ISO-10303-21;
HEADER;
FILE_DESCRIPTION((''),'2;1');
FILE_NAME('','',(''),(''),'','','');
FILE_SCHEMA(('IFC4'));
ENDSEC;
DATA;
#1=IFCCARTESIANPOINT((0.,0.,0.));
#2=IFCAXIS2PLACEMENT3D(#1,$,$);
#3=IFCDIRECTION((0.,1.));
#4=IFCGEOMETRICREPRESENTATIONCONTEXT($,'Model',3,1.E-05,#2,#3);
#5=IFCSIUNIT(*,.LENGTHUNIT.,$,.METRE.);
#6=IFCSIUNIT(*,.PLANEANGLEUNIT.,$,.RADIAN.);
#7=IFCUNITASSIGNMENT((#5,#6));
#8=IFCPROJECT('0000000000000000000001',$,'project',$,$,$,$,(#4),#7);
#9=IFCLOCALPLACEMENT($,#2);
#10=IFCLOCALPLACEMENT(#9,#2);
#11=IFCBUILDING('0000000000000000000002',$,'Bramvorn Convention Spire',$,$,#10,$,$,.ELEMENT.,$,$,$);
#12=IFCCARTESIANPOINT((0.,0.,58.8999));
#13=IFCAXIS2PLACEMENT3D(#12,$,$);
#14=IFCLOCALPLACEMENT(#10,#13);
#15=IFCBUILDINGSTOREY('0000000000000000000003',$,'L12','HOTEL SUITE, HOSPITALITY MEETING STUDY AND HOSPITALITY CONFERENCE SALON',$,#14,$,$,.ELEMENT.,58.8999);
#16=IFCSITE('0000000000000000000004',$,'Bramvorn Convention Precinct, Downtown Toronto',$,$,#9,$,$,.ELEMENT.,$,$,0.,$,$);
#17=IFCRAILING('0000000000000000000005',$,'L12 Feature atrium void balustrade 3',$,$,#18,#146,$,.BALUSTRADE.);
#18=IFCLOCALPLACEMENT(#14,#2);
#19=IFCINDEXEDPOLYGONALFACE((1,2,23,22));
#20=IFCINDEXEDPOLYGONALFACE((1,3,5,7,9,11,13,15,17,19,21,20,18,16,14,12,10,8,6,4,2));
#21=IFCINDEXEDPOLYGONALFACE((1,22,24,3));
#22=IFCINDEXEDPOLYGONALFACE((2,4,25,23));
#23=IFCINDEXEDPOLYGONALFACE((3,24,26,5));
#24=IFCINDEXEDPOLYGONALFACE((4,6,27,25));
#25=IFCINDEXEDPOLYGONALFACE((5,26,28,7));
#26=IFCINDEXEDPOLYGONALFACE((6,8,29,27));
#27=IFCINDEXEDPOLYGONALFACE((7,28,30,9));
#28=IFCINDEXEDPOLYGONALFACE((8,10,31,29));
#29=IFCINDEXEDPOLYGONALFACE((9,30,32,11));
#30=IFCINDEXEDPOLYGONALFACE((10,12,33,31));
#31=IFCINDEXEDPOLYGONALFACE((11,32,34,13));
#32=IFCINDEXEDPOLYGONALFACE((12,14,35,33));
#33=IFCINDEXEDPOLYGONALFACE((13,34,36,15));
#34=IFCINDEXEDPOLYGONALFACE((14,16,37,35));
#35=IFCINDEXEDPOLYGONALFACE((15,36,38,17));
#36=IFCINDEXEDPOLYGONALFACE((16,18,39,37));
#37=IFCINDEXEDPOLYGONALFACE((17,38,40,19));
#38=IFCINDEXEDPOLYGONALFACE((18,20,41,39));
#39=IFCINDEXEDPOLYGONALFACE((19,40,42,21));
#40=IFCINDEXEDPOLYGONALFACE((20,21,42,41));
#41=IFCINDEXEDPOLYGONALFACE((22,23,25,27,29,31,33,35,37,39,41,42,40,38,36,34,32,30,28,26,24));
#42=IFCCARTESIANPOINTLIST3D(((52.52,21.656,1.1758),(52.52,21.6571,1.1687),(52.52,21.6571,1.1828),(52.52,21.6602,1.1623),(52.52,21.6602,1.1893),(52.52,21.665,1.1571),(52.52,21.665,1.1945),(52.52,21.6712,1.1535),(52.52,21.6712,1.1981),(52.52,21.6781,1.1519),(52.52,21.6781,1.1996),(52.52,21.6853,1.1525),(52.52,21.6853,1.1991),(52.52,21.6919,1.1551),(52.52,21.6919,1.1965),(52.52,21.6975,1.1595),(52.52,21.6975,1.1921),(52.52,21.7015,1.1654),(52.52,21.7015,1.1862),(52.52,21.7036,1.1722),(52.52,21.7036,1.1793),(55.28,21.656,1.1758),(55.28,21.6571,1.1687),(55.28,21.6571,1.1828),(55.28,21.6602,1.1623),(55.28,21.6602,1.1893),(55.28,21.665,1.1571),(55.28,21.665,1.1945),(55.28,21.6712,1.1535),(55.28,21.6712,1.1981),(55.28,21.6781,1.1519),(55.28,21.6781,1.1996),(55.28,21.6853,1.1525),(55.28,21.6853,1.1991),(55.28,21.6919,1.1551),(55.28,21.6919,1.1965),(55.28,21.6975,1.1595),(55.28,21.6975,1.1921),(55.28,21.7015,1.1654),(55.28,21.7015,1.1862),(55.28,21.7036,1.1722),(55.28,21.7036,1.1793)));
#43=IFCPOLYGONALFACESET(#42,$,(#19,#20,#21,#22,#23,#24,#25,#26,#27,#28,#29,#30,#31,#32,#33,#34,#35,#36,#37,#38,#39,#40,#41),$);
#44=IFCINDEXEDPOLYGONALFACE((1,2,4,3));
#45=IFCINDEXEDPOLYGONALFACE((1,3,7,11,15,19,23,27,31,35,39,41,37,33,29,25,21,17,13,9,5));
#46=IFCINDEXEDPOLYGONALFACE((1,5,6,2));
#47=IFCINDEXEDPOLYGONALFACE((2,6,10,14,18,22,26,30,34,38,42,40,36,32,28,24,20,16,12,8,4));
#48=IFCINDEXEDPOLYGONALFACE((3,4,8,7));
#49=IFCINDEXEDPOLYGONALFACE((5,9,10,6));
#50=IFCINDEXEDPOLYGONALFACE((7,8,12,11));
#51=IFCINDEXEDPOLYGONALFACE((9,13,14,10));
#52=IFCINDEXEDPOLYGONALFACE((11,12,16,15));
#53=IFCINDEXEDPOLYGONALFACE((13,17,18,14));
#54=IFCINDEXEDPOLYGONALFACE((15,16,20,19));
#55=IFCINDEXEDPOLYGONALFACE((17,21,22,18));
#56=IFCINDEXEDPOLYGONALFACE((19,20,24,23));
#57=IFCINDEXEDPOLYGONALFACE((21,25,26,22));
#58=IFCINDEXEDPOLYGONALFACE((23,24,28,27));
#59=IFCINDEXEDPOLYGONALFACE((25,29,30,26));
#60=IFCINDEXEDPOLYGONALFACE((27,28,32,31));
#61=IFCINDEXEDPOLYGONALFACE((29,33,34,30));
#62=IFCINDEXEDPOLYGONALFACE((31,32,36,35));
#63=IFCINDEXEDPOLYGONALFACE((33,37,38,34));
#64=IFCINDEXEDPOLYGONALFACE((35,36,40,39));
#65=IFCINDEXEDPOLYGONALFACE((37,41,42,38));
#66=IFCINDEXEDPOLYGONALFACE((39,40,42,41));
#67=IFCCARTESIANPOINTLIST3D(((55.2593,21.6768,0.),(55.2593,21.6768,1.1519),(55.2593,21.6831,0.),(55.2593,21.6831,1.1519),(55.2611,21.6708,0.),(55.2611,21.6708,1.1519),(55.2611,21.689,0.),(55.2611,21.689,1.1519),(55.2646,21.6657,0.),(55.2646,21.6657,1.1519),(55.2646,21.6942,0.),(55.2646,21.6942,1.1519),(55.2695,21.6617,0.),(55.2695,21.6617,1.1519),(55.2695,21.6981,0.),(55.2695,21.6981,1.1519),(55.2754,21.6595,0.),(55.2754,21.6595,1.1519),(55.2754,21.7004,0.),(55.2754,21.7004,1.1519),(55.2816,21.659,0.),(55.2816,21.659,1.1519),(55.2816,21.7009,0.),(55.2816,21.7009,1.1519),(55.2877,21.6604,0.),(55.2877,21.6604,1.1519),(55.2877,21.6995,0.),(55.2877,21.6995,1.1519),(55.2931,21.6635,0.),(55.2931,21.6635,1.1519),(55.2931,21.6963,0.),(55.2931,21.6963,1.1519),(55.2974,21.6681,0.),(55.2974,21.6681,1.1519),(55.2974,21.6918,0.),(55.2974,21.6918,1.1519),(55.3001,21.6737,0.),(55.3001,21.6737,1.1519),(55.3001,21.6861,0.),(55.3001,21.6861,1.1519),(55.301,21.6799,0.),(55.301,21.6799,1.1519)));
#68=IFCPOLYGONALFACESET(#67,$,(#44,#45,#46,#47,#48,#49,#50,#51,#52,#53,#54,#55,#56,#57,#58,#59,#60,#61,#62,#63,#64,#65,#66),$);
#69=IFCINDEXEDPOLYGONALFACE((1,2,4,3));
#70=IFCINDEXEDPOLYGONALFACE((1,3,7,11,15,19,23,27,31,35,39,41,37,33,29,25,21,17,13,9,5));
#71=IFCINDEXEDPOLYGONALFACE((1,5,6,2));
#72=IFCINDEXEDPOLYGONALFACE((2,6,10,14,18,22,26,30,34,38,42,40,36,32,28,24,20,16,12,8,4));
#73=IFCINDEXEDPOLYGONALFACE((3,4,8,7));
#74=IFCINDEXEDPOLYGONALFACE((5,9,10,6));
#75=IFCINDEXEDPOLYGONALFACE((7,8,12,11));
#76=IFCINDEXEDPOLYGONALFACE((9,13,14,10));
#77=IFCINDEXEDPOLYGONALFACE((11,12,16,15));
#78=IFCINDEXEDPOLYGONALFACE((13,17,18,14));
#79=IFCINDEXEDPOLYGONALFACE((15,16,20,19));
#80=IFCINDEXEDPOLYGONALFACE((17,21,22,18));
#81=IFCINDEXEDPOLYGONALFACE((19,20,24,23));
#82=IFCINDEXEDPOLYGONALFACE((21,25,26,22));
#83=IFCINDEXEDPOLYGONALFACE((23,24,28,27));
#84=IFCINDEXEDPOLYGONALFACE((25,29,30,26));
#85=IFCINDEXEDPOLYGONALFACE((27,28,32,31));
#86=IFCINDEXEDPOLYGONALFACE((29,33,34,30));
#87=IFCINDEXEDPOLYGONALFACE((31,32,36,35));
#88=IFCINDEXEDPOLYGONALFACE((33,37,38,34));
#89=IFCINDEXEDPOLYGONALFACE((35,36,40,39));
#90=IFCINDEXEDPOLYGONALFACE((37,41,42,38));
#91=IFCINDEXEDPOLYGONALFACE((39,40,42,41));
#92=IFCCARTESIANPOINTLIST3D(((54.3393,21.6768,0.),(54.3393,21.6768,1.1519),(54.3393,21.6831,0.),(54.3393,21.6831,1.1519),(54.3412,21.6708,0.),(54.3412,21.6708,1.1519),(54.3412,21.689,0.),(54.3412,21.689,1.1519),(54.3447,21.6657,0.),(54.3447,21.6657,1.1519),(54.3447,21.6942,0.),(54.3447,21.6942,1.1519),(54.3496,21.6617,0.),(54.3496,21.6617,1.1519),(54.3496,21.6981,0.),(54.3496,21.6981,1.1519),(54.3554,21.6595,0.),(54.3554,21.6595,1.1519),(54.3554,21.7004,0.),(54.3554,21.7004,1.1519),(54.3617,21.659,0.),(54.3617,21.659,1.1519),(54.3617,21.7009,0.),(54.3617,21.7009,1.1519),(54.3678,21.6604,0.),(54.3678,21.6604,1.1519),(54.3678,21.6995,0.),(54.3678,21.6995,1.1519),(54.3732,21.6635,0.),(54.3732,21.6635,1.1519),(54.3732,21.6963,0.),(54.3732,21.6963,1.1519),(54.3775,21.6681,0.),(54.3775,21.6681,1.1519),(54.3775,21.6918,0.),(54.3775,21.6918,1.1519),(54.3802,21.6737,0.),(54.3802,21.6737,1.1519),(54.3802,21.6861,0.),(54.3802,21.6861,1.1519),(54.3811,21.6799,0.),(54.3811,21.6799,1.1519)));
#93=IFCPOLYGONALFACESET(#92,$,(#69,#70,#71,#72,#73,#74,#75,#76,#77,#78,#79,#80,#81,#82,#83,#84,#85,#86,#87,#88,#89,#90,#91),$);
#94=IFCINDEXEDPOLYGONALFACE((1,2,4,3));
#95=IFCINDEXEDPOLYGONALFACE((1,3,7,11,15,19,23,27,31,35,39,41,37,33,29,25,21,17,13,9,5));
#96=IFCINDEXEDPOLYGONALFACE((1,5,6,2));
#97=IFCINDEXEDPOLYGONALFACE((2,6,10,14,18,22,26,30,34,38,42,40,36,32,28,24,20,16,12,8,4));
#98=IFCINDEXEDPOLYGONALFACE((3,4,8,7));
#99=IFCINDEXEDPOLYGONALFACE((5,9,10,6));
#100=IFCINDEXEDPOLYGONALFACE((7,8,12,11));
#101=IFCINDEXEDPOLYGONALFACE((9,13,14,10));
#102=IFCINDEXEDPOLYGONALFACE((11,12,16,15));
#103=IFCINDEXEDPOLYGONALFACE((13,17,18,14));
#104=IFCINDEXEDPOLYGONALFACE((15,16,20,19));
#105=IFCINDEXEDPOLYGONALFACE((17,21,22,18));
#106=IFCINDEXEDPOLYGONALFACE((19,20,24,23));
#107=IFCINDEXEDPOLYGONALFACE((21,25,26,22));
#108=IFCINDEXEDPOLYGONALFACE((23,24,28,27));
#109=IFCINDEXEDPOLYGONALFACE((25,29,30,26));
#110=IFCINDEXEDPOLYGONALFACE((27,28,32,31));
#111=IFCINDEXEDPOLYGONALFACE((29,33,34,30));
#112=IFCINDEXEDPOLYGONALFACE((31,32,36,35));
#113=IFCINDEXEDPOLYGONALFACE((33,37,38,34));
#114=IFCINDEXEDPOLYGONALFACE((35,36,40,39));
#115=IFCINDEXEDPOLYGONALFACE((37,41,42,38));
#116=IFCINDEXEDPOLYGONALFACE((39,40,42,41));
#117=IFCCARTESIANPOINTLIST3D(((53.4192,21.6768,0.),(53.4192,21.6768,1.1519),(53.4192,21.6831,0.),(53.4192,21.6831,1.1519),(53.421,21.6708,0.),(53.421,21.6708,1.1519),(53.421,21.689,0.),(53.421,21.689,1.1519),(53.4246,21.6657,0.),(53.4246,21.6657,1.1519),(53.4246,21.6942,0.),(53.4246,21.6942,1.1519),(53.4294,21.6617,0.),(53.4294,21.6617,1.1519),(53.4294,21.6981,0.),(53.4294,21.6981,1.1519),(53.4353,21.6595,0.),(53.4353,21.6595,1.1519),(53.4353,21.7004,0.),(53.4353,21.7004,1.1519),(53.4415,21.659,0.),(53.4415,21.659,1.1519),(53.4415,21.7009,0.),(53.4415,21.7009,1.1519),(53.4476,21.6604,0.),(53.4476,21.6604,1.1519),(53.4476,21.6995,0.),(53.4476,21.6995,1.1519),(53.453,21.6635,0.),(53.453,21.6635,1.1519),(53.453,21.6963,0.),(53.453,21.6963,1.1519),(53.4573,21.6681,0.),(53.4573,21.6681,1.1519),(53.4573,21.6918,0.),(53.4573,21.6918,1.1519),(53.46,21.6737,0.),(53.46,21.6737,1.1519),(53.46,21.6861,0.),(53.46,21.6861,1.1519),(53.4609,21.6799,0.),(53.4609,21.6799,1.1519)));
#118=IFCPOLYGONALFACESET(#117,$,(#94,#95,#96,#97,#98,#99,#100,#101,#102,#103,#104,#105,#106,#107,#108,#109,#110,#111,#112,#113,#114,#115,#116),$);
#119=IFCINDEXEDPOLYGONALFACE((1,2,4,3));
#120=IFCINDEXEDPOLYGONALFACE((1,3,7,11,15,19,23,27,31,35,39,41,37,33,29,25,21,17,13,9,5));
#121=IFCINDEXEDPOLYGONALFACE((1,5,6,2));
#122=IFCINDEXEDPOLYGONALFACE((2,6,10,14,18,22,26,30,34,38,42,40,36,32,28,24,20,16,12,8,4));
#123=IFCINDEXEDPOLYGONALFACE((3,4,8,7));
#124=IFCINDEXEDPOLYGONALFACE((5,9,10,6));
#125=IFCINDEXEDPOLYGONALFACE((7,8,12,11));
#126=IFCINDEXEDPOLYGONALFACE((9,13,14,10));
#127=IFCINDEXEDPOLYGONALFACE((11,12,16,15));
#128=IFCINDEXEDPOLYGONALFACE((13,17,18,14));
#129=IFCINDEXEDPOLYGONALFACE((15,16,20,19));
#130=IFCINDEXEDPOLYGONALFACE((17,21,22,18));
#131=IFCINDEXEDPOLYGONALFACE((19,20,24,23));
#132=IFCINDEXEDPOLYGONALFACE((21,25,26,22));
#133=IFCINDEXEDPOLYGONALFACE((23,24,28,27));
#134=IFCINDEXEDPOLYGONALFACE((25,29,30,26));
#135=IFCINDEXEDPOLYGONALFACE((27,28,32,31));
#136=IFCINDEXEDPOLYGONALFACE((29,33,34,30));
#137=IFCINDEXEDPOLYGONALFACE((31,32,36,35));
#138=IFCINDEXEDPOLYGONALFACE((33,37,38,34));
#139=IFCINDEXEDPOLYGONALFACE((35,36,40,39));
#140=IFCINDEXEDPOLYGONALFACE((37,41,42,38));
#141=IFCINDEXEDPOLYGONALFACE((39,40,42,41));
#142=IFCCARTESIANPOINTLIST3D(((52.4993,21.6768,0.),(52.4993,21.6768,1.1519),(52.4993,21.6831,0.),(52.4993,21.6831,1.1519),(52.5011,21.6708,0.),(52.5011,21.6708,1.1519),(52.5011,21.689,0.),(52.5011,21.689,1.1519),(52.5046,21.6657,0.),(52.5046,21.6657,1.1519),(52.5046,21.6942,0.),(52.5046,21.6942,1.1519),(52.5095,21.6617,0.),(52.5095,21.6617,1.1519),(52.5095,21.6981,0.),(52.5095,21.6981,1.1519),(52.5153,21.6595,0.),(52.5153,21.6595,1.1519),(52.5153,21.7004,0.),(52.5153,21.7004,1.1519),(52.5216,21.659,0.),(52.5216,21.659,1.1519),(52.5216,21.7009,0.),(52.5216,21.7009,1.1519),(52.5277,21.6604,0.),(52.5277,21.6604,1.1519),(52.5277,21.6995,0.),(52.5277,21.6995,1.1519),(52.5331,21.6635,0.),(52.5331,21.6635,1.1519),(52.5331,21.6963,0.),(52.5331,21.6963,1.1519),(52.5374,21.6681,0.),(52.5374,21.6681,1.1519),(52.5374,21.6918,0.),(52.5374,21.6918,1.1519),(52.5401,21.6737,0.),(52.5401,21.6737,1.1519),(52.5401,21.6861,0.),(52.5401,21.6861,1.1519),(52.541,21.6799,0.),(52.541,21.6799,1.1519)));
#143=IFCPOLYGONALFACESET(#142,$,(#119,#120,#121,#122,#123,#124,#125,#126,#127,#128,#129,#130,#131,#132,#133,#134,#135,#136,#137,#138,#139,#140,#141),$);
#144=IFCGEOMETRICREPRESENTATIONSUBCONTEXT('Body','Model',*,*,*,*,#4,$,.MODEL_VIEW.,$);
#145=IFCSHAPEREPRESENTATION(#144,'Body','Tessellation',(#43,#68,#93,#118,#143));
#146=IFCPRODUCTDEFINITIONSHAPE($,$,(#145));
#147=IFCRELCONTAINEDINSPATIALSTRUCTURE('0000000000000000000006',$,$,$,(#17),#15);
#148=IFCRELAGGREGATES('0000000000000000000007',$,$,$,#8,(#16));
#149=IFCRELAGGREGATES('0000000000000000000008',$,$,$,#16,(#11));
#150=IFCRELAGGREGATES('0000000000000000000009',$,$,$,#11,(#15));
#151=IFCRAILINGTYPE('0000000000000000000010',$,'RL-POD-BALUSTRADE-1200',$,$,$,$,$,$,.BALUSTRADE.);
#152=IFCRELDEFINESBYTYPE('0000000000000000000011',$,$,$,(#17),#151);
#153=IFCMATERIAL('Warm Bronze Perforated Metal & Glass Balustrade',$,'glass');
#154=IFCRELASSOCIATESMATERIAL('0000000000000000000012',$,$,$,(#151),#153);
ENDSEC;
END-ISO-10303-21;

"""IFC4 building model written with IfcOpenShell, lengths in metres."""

from ifc_helpers import new_model, si_unit, direction, frame, origin, origin_2d, place, context, subcontext, project, spatial, circle, extrude, material, type_object, element, save


model = new_model("IFC4")

# Units and contexts
model_context = context("Model", 3, precision=1e-05, world=origin(), true_north=direction((0.0, 1.0)))
body_context = subcontext(model_context, "Body", "Model", "MODEL_VIEW")
ifc_project = project(units=[si_unit("LENGTHUNIT", "METRE"), si_unit("PLANEANGLEUNIT", "RADIAN")], contexts=[model_context])

# Site, building, storey
site_placement = place(None, origin())
site = spatial("IfcSite", under=ifc_project, at=site_placement, Name="Bramvorn Convention Precinct, Downtown Toronto", CompositionType="ELEMENT", RefElevation=0.0)
building_placement = place(site_placement, origin())
building = spatial("IfcBuilding", under=site, at=building_placement, Name="Bramvorn Convention Spire", CompositionType="ELEMENT")
storey_placement = place(building_placement, frame((0.0, 0.0, 58.8999)))
storey = spatial("IfcBuildingStorey", under=building, at=storey_placement, Name="L12", Description="HOTEL SUITE, HOSPITALITY MEETING STUDY AND HOSPITALITY CONFERENCE SALON", CompositionType="ELEMENT", Elevation=58.8999)

# Railing
ifc_material_1 = material(Name="Warm Bronze Perforated Metal & Glass Balustrade", Category="glass")
railing_type = type_object("IfcRailingType", Name="RL-POD-BALUSTRADE-1200", PredefinedType="BALUSTRADE", material=ifc_material_1)
railing_1_placement = place(storey_placement, frame((55.28, 21.6799, 0.0)))
element("IfcRailing", 1, at=railing_1_placement, inside=storey, type_object=railing_type, Name="L12 Feature atrium void balustrade 3", PredefinedType="BALUSTRADE", context=body_context, shape_type="SweptSolid", body=[
    extrude(circle(Radius=0.0239, at=origin_2d()), frame((0.0, 0.0, 1.1758), z_axis=(-1.0, 0.0, 0.0), x_axis=(0.0, -1.0, 0.0)), (0.0, 0.0, 1.0), 2.76),
    extrude(circle(Radius=0.021, at=origin_2d()), origin(), (0.0, 0.0, 1.0), 1.1519),
    extrude(circle(Radius=0.021, at=origin_2d()), frame((-0.9199, 0.0, 0.0)), (0.0, 0.0, 1.0), 1.1519),
    extrude(circle(Radius=0.021, at=origin_2d()), frame((-1.8401, 0.0, 0.0)), (0.0, 0.0, 1.0), 1.1519),
    extrude(circle(Radius=0.021, at=origin_2d()), frame((-2.76, 0.0, 0.0)), (0.0, 0.0, 1.0), 1.1519),
])

save(model, "model.ifc")
